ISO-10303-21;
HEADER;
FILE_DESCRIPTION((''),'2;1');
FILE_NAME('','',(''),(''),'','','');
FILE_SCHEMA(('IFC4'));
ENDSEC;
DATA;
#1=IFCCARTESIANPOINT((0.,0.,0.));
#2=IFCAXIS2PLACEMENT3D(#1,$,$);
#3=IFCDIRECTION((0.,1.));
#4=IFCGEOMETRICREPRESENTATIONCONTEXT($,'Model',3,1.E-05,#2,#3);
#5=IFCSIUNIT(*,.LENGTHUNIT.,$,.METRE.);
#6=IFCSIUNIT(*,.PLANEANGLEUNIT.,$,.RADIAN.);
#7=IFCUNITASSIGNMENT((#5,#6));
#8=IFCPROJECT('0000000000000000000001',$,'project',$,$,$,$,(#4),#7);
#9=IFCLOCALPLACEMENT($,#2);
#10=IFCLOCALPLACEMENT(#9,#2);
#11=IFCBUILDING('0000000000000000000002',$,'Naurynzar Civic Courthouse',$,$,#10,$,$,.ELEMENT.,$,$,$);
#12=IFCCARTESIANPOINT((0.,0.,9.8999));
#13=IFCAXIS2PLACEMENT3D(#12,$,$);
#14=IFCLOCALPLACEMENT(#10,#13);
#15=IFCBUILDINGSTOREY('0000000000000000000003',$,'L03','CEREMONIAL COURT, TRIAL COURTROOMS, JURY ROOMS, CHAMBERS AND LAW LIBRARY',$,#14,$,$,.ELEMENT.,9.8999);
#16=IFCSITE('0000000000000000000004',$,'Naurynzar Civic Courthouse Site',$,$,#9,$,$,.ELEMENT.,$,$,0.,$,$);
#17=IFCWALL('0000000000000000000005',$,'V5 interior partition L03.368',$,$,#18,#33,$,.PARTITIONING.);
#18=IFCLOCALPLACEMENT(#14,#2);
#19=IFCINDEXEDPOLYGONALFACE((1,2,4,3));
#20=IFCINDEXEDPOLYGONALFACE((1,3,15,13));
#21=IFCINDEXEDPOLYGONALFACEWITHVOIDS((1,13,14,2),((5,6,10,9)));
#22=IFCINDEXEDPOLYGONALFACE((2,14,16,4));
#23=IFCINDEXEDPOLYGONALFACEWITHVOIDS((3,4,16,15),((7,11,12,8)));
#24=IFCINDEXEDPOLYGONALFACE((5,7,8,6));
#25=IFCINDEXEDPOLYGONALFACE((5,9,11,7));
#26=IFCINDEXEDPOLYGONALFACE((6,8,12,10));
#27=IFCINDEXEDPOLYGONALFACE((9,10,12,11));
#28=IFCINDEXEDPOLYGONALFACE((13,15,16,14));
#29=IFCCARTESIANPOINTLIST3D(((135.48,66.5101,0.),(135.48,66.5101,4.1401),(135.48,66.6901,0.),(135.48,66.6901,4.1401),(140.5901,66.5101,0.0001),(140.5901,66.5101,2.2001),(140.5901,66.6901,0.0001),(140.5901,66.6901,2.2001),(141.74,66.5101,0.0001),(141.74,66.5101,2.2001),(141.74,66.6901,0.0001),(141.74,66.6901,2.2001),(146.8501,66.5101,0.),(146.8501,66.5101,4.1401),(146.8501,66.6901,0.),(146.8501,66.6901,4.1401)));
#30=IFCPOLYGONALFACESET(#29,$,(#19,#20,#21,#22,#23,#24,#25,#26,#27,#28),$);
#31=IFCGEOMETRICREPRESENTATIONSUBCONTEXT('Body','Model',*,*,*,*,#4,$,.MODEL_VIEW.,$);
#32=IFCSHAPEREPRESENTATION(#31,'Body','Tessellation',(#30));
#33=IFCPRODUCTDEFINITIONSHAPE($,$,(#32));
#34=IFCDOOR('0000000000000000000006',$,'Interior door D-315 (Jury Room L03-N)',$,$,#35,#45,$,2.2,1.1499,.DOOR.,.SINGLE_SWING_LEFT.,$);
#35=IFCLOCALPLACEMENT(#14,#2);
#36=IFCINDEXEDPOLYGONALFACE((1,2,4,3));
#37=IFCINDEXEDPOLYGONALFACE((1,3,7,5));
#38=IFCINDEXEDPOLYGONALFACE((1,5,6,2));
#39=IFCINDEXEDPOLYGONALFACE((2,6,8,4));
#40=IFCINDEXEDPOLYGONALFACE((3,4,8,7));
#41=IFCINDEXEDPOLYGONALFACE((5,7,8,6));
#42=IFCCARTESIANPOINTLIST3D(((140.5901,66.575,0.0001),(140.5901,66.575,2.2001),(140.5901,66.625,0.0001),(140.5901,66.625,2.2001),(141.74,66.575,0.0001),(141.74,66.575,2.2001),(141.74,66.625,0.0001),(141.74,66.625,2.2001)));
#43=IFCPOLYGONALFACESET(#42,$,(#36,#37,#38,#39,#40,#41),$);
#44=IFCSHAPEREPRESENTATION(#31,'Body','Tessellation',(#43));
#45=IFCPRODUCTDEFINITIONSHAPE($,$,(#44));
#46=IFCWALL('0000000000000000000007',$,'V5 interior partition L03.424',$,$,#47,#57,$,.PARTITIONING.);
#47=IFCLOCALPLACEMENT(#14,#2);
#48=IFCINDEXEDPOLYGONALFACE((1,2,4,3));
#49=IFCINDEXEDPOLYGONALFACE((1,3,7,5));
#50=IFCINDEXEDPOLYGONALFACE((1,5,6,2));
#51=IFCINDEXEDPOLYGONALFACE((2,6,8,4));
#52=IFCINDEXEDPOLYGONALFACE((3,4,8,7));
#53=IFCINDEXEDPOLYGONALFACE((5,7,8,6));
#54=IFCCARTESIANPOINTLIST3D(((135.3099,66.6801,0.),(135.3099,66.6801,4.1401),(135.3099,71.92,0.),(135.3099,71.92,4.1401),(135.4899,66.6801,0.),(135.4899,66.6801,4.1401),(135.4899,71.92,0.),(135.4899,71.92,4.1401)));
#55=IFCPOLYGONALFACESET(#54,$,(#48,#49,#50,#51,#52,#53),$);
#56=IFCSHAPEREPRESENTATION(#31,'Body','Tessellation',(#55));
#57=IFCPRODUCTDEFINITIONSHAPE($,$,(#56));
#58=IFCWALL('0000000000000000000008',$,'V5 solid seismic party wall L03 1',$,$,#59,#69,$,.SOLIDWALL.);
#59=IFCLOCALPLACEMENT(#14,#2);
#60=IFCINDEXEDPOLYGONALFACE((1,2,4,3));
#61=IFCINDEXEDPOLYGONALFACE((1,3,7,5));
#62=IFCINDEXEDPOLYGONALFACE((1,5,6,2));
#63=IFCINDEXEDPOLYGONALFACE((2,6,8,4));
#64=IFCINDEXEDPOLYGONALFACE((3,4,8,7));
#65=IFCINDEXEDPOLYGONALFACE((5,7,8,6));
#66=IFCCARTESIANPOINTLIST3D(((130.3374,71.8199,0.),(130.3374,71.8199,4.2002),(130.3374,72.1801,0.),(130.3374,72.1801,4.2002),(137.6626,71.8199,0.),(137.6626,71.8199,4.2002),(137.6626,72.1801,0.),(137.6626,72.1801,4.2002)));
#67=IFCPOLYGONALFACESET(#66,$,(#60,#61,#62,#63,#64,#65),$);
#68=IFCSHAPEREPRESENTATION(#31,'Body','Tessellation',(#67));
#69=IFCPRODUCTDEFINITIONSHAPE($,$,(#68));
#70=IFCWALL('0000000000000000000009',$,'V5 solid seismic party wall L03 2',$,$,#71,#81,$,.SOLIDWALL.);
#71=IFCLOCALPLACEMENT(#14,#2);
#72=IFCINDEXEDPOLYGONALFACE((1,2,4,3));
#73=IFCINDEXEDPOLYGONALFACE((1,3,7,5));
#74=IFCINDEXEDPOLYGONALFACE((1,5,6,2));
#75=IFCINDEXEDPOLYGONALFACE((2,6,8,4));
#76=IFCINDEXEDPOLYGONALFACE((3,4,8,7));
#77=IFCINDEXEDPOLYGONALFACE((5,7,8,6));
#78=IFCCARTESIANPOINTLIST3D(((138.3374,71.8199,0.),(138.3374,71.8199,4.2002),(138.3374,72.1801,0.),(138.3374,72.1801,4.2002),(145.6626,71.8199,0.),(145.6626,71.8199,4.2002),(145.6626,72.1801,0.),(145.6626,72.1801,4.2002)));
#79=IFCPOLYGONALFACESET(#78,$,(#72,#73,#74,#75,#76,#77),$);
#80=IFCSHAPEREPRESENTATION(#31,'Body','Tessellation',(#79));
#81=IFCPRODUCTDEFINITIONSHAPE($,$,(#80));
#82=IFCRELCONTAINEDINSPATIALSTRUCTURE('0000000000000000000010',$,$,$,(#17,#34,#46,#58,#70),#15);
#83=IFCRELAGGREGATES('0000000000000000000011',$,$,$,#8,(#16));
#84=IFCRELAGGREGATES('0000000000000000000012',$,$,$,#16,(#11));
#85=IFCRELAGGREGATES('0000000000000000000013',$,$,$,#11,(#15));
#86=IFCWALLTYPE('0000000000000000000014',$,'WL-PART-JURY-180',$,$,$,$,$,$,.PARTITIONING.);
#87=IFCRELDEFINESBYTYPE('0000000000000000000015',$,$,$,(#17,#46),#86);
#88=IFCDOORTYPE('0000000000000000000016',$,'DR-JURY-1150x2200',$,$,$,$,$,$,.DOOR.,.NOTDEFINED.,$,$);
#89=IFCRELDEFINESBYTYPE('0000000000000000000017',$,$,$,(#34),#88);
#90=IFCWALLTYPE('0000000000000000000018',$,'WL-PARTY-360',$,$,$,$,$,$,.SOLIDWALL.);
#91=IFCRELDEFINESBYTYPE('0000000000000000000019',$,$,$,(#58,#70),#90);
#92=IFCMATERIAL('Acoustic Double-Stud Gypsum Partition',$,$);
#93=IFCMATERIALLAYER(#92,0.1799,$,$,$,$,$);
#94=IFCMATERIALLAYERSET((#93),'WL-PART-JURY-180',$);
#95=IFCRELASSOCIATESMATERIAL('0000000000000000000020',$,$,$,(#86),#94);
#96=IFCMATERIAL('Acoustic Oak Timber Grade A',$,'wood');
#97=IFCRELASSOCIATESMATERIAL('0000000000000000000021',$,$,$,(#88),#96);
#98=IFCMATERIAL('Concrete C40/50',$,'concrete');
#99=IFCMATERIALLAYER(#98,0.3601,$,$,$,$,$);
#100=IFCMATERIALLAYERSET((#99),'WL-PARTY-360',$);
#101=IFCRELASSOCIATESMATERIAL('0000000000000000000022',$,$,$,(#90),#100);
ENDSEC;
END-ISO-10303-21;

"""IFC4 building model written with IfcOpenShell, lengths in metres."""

from ifc_helpers import new_model, si_unit, direction, frame, frame_2d, origin, place, context, subcontext, project, spatial, rectangle, extrude, material, layer, layer_set, type_object, element, fill, save


model = new_model("IFC4")

# Units and contexts
model_context = context("Model", 3, precision=1e-05, world=origin(), true_north=direction((0.0, 1.0)))
body_context = subcontext(model_context, "Body", "Model", "MODEL_VIEW")
ifc_project = project(units=[si_unit("LENGTHUNIT", "METRE"), si_unit("PLANEANGLEUNIT", "RADIAN")], contexts=[model_context])

# Site, building, storey
site_placement = place(None, origin())
site = spatial("IfcSite", under=ifc_project, at=site_placement, Name="Naurynzar Civic Courthouse Site", CompositionType="ELEMENT", RefElevation=0.0)
building_placement = place(site_placement, origin())
building = spatial("IfcBuilding", under=site, at=building_placement, Name="Naurynzar Civic Courthouse", CompositionType="ELEMENT")
storey_placement = place(building_placement, frame((0.0, 0.0, 9.8999)))
storey = spatial("IfcBuildingStorey", under=building, at=storey_placement, Name="L03", Description="CEREMONIAL COURT, TRIAL COURTROOMS, JURY ROOMS, CHAMBERS AND LAW LIBRARY", CompositionType="ELEMENT", Elevation=9.8999)

# Wall, opening, door
ifc_material_1 = material(Name="Acoustic Double-Stud Gypsum Partition")
ifc_layer_1 = layer(ifc_material_1, 0.1799)
ifc_layer_set_1 = layer_set([ifc_layer_1], Name="WL-PART-JURY-180")
wall_type_1 = type_object("IfcWallType", Name="WL-PART-JURY-180", PredefinedType="PARTITIONING", material=ifc_layer_set_1)
wall_1_placement = place(storey_placement, frame((135.48, 66.6001, 0.0), z_axis=(0.0, 0.0, 1.0), x_axis=(1.0, 0.0, 0.0)))
wall_1 = element("IfcWall", 1, at=wall_1_placement, inside=storey, type_object=wall_type_1, Name="V5 interior partition L03.368", PredefinedType="PARTITIONING", context=body_context, shape_type="SweptSolid", body=[
    extrude(rectangle(XDim=11.3701, YDim=0.1799, at=frame_2d((5.6851, 0.0))), origin(), (0.0, 0.0, 1.0), 4.1401),
])
opening_placement = place(wall_1_placement, frame((5.1101, 0.0, 0.0)))
opening = element("IfcOpeningElement", 2, at=opening_placement, cuts=wall_1, PredefinedType="OPENING", context=body_context, shape_type="SweptSolid", body=[
    extrude(rectangle(XDim=1.1499, YDim=2.2, at=frame_2d((0.575, 1.1001))), frame((0.0, 0.0999, 0.0), z_axis=(0.0, -1.0, 0.0), x_axis=(1.0, 0.0, 0.0)), (0.0, 0.0, 1.0), 0.2),
])
ifc_material_2 = material(Name="Acoustic Oak Timber Grade A", Category="wood")
door_type = type_object("IfcDoorType", Name="DR-JURY-1150x2200", OperationType="NOTDEFINED", PredefinedType="DOOR", material=ifc_material_2)
door_placement = place(opening_placement, origin())
door = element("IfcDoor", 3, at=door_placement, inside=storey, type_object=door_type, Name="Interior door D-315 (Jury Room L03-N)", OperationType="SINGLE_SWING_LEFT", OverallHeight=2.2, OverallWidth=1.1499, PredefinedType="DOOR", context=body_context, shape_type="SweptSolid", body=[
    extrude(rectangle(XDim=1.1499, YDim=2.2, at=frame_2d((0.575, 1.1001))), frame((0.0, 0.0249, 0.0), z_axis=(0.0, -1.0, 0.0), x_axis=(1.0, 0.0, 0.0)), (0.0, 0.0, 1.0), 0.05),
])
fill(opening, door)

# Walls
wall_2_placement = place(storey_placement, frame((135.3999, 66.6799, 0.0), z_axis=(0.0, 0.0, 1.0), x_axis=(0.0, 1.0, 0.0)))
element("IfcWall", 4, at=wall_2_placement, inside=storey, type_object=wall_type_1, Name="V5 interior partition L03.424", PredefinedType="PARTITIONING", context=body_context, shape_type="SweptSolid", body=[
    extrude(rectangle(XDim=5.24, YDim=0.1799, at=frame_2d((2.6201, 0.0))), origin(), (0.0, 0.0, 1.0), 4.1401),
])
ifc_material_3 = material(Name="Concrete C40/50", Category="concrete")
ifc_layer_2 = layer(ifc_material_3, 0.3601)
ifc_layer_set_2 = layer_set([ifc_layer_2], Name="WL-PARTY-360")
wall_type_2 = type_object("IfcWallType", Name="WL-PARTY-360", PredefinedType="SOLIDWALL", material=ifc_layer_set_2)
for number, where, z_axis, x_axis, name in (
    (5, (130.3374, 72.0, 0.0), (0.0, 0.0, 1.0), (1.0, 0.0, 0.0), "V5 solid seismic party wall L03 1"),
    (6, (138.3374, 72.0, 0.0), (0.0, 0.0, 1.0), (1.0, 0.0, 0.0), "V5 solid seismic party wall L03 2"),
):
    element("IfcWall", number, at=place(storey_placement, frame(where, z_axis=z_axis, x_axis=x_axis)), inside=storey, type_object=wall_type_2, Name=name, PredefinedType="SOLIDWALL", context=body_context, shape_type="SweptSolid", body=[
        extrude(rectangle(XDim=7.3252, YDim=0.3601, at=frame_2d((3.6626, 0.0))), origin(), (0.0, 0.0, 1.0), 4.2002),
    ])

save(model, "model.ifc")
